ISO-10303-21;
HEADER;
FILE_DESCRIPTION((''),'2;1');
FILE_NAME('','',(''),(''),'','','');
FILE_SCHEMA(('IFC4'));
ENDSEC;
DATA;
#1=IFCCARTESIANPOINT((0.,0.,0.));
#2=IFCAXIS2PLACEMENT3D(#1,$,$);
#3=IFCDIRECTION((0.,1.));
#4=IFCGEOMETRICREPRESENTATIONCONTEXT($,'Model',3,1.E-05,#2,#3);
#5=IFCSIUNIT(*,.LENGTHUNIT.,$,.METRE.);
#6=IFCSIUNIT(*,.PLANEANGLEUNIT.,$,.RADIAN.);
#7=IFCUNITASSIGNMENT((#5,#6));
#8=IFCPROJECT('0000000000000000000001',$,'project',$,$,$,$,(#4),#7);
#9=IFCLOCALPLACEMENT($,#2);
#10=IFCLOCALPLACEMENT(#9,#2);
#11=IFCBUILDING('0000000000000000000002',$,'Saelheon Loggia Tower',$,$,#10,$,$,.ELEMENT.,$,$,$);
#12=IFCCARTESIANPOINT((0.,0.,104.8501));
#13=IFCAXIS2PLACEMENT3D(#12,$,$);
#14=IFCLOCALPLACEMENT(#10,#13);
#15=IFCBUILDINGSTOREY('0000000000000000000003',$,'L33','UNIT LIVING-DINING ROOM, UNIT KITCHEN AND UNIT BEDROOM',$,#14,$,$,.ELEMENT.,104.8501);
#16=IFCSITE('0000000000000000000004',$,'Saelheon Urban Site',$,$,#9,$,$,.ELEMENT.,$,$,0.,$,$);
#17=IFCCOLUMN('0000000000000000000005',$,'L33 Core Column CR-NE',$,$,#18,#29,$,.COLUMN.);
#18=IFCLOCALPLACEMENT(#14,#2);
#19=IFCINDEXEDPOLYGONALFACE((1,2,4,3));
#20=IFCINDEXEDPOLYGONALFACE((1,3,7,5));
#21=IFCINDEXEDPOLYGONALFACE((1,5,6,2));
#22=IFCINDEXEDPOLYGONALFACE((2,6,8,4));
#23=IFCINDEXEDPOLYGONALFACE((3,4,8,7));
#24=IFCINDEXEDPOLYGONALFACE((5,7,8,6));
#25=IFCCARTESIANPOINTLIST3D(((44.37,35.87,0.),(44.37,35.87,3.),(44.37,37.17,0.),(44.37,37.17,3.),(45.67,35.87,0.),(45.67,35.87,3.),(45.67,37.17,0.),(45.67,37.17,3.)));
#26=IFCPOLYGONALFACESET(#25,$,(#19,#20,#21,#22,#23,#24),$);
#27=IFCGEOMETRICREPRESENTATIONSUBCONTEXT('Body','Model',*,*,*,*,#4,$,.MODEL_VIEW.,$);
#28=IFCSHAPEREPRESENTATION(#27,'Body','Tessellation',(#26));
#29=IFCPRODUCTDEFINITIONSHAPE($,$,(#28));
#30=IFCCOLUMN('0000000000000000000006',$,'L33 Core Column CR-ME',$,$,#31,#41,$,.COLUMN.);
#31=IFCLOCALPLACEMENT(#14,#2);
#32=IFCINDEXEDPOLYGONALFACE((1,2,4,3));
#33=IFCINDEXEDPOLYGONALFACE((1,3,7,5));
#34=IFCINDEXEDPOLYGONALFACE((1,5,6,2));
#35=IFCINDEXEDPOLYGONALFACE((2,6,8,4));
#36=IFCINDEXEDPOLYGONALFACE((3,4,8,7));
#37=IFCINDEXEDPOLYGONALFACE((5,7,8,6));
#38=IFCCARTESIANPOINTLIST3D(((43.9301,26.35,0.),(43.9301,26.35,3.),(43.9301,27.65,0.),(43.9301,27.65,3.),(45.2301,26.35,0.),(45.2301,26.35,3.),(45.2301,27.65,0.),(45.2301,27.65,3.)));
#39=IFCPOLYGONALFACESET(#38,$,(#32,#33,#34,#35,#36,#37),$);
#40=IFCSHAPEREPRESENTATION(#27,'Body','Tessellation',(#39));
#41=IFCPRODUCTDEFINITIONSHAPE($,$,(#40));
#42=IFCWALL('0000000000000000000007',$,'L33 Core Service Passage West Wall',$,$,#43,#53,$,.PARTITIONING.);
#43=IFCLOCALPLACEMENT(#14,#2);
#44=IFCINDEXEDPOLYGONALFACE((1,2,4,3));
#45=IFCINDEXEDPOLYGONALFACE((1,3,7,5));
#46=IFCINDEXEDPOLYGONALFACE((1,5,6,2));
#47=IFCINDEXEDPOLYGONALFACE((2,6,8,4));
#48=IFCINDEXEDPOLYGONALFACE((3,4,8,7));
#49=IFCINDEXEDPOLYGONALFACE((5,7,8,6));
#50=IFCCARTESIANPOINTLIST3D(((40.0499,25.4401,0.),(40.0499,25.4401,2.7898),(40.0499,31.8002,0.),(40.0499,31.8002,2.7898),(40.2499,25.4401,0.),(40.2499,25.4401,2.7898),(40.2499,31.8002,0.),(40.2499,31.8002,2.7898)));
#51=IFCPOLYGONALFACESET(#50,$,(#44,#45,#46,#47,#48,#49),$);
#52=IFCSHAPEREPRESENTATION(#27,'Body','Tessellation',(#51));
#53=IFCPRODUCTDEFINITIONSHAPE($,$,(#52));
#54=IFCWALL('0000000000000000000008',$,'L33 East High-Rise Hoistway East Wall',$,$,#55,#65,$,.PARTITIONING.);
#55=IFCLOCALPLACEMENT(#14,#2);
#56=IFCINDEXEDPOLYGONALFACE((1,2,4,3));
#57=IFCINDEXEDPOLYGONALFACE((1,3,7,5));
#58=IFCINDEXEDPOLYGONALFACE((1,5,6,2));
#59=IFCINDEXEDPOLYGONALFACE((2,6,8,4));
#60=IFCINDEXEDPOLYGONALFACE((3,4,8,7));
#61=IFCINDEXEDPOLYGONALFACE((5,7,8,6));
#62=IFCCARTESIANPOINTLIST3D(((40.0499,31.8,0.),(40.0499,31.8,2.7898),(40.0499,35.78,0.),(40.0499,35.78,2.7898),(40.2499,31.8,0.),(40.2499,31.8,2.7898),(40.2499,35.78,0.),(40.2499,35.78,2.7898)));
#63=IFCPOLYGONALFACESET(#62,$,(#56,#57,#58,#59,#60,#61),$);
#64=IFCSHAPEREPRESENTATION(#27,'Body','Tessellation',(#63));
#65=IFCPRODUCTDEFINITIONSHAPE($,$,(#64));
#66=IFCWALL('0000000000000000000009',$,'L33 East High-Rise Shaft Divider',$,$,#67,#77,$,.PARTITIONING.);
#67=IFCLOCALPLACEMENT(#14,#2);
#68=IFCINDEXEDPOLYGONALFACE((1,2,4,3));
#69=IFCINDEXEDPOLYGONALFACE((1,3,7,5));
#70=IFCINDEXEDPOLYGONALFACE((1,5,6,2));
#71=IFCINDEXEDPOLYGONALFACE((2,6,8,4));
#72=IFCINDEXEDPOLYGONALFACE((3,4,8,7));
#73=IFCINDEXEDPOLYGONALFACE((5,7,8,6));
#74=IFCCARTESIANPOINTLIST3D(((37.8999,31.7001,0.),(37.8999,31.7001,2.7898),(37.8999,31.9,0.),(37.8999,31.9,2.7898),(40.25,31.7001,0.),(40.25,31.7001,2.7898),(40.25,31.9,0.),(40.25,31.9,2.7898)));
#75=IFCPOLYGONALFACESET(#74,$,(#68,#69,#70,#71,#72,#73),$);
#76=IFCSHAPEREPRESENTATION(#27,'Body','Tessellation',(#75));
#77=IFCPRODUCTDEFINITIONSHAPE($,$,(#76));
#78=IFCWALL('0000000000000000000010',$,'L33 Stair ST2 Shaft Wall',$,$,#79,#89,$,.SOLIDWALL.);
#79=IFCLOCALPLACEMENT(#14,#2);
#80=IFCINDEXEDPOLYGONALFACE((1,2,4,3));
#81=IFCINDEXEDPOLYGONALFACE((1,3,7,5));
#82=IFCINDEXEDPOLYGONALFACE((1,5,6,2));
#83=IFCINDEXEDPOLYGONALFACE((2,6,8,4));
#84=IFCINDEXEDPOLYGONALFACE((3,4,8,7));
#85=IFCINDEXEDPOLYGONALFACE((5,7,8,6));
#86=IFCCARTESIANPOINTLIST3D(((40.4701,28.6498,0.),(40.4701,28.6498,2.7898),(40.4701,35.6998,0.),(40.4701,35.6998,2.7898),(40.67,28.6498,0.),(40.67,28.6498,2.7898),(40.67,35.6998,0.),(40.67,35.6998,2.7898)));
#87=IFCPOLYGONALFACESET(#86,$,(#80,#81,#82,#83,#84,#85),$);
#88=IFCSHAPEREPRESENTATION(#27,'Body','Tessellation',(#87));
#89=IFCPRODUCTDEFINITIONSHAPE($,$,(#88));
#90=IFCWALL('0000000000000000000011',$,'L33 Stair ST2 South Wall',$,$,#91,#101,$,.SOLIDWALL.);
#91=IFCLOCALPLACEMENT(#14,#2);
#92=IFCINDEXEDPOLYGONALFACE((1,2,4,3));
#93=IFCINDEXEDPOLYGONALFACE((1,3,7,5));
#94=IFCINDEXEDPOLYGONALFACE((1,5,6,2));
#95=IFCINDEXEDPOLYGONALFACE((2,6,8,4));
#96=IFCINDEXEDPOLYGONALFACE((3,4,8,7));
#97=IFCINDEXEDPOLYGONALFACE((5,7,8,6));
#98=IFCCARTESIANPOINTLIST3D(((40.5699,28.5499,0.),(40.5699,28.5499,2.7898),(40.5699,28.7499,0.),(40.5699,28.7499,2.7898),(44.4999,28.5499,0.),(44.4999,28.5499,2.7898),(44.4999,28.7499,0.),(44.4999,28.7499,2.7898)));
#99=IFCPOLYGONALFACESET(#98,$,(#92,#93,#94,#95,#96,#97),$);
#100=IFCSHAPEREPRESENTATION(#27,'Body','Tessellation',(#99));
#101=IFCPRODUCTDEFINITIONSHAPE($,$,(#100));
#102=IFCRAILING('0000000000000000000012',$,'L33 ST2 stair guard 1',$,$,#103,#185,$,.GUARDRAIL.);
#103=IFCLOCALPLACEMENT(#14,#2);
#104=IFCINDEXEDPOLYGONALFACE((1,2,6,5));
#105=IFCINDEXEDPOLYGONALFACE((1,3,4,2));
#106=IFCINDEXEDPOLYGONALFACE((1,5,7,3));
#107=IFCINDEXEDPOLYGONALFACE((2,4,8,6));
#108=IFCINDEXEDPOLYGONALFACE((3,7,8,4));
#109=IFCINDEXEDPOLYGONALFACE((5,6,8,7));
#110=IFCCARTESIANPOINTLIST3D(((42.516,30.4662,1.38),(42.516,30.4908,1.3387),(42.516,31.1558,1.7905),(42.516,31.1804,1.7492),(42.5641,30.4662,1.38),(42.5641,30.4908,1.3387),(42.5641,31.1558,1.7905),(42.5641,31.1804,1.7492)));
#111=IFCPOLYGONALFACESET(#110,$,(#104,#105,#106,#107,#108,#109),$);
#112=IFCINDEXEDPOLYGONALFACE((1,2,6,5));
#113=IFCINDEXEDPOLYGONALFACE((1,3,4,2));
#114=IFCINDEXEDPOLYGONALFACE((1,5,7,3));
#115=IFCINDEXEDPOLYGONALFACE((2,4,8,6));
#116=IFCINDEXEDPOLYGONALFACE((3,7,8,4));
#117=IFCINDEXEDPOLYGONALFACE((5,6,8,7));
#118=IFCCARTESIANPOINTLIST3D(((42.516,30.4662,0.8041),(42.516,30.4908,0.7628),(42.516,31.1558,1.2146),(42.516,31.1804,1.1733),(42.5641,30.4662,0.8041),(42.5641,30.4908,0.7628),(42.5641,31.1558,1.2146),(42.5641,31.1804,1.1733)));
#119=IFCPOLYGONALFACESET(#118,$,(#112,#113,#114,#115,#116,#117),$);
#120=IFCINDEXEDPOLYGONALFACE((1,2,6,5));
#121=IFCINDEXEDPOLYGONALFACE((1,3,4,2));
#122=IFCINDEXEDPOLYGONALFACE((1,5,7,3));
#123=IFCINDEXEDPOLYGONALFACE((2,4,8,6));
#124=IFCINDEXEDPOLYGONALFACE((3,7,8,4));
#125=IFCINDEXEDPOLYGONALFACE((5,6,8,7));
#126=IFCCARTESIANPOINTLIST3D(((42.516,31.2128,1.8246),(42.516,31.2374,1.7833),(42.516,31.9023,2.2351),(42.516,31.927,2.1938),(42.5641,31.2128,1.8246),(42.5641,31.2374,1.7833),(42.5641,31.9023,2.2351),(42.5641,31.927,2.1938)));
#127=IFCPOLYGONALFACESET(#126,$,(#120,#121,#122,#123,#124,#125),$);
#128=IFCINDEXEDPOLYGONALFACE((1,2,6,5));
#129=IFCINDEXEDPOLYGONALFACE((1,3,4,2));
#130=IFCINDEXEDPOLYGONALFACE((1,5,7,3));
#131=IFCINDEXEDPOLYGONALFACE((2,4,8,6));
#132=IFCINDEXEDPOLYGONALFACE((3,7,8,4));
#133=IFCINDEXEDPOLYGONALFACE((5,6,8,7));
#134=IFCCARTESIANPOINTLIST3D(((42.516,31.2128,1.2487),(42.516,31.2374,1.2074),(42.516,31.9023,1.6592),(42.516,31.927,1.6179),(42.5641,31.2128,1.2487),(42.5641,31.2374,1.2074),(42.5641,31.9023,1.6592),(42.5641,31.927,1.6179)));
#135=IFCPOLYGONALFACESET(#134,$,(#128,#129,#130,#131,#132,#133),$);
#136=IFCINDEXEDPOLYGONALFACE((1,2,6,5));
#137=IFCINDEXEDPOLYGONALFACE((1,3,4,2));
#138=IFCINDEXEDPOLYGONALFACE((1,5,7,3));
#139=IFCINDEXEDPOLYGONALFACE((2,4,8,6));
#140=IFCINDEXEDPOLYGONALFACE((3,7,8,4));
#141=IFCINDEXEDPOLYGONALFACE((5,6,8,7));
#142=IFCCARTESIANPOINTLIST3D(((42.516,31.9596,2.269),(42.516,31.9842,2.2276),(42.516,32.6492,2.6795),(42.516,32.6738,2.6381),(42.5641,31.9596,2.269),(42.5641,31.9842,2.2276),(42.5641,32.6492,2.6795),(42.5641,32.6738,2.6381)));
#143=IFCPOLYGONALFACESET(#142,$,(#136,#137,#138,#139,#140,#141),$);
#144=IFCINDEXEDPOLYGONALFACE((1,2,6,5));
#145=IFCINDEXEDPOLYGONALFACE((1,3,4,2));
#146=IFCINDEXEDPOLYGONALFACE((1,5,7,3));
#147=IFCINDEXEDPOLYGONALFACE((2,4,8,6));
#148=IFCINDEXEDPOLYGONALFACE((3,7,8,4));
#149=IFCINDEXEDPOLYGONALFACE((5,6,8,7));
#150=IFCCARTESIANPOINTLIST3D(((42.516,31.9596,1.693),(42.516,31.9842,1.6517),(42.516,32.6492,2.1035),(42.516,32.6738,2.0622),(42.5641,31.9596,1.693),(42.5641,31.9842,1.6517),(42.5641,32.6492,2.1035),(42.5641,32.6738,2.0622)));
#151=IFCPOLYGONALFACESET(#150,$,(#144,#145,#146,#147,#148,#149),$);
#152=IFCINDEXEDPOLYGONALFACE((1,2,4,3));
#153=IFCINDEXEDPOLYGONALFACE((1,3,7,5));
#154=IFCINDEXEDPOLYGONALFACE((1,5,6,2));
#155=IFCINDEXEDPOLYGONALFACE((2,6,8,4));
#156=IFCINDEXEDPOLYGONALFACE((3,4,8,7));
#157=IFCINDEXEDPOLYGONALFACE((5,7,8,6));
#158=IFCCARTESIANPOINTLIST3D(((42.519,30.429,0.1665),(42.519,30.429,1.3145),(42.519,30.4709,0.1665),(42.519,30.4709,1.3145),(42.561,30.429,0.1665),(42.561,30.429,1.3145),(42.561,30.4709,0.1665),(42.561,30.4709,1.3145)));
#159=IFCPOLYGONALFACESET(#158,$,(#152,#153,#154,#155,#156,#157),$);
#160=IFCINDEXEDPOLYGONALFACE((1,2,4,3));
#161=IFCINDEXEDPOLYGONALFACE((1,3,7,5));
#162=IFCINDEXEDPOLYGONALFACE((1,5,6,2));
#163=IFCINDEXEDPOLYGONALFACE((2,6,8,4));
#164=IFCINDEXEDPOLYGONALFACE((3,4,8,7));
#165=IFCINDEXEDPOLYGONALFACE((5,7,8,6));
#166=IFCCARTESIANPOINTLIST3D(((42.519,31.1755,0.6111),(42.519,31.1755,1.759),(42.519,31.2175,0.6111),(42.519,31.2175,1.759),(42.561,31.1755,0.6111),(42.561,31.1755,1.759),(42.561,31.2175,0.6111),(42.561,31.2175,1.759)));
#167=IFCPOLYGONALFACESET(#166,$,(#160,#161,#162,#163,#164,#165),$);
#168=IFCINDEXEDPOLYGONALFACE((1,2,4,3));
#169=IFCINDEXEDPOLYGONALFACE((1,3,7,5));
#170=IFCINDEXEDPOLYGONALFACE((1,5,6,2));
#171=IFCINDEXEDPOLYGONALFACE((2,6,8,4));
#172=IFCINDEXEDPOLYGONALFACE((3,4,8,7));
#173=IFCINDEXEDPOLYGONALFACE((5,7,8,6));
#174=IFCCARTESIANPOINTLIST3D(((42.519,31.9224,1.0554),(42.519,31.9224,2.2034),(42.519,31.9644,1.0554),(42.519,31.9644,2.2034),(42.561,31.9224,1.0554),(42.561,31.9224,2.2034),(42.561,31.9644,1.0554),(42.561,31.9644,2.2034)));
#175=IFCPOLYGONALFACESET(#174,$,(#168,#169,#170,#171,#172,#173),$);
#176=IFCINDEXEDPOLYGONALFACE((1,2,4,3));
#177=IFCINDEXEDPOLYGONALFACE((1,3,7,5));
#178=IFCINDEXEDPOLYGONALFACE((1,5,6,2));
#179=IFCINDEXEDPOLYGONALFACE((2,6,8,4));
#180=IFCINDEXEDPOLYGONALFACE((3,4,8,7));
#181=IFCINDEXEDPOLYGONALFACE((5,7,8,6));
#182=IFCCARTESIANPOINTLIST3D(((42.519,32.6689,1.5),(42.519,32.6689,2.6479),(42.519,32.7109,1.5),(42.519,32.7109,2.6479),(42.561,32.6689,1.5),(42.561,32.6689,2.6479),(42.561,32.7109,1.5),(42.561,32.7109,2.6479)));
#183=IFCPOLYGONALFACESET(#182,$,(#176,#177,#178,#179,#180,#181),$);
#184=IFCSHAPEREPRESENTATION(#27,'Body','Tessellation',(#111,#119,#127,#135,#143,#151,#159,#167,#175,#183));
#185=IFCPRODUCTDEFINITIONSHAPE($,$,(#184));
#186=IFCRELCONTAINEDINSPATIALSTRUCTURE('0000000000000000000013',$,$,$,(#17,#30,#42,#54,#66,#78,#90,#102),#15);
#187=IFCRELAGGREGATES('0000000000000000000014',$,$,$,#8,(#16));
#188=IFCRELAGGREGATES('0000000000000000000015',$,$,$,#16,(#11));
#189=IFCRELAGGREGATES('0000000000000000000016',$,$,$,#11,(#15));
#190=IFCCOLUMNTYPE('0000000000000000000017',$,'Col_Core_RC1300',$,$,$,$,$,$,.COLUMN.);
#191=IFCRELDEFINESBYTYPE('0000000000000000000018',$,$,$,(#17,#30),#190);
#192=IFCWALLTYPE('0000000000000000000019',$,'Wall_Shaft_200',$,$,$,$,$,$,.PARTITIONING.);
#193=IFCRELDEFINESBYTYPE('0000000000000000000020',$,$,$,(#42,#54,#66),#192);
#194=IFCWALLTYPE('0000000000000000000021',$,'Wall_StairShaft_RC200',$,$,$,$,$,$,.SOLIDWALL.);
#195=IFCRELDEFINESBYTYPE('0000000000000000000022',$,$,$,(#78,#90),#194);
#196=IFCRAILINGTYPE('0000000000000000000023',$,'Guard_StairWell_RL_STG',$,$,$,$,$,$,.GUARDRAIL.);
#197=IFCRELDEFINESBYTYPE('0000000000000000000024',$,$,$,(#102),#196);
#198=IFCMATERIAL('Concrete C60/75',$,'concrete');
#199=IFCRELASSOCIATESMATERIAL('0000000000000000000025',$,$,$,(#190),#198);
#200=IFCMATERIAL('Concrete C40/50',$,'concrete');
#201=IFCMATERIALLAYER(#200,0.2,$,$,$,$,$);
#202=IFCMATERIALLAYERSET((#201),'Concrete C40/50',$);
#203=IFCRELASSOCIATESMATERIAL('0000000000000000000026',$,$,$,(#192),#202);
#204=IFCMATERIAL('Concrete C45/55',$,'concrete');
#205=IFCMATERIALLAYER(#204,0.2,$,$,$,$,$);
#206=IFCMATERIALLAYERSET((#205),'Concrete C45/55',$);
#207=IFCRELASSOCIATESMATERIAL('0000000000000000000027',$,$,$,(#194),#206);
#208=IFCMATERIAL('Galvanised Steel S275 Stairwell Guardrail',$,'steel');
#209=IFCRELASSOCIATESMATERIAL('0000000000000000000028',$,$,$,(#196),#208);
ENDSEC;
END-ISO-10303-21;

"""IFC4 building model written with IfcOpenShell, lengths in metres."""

from ifc_helpers import new_model, si_unit, direction, frame, frame_2d, origin, origin_2d, place, context, subcontext, project, spatial, rectangle, extrude, source, transform, mapped, material, layer, layer_set, material_profile, profile_set, type_object, element, save


model = new_model("IFC4")

# Units and contexts
model_context = context("Model", 3, precision=1e-05, world=origin(), true_north=direction((0.0, 1.0)))
body_context = subcontext(model_context, "Body", "Model", "MODEL_VIEW")
ifc_project = project(units=[si_unit("LENGTHUNIT", "METRE"), si_unit("PLANEANGLEUNIT", "RADIAN")], contexts=[model_context])

# Site, building, storey
site_placement = place(None, origin())
site = spatial("IfcSite", under=ifc_project, at=site_placement, Name="Saelheon Urban Site", CompositionType="ELEMENT", RefElevation=0.0)
building_placement = place(site_placement, origin())
building = spatial("IfcBuilding", under=site, at=building_placement, Name="Saelheon Loggia Tower", CompositionType="ELEMENT")
storey_placement = place(building_placement, frame((0.0, 0.0, 104.8501)))
storey = spatial("IfcBuildingStorey", under=building, at=storey_placement, Name="L33", Description="UNIT LIVING-DINING ROOM, UNIT KITCHEN AND UNIT BEDROOM", CompositionType="ELEMENT", Elevation=104.8501)

# Columns
ifc_material_1 = material(Name="Concrete C60/75", Category="concrete")
ifc_material_profile = material_profile(ifc_material_1, rectangle(XDim=1.3, YDim=1.3, at=origin_2d()), Name="RC-1300x1300")
ifc_profile_set = profile_set([ifc_material_profile], Name="Concrete C60/75")
column_type = type_object("IfcColumnType", Name="Col_Core_RC1300", PredefinedType="COLUMN", material=ifc_profile_set)
shared_shape_1 = source(origin(), body_context, "Body", "SweptSolid", [
    extrude(rectangle(XDim=1.3, YDim=1.3, at=origin_2d()), origin(), (0.0, 0.0, 1.0), 3.0),
])
for number, where, z_axis, x_axis, name in (
    (1, (45.02, 36.52, 0.0), (0.0, 0.0, 1.0), (1.0, 0.0, 0.0), "L33 Core Column CR-NE"),
    (2, (44.5801, 27.0, 0.0), (0.0, 0.0, 1.0), (1.0, 0.0, 0.0), "L33 Core Column CR-ME"),
):
    element("IfcColumn", number, at=place(storey_placement, frame(where, z_axis=z_axis, x_axis=x_axis)), inside=storey, type_object=column_type, Name=name, PredefinedType="COLUMN", context=body_context, shape_type="MappedRepresentation", body=[
        mapped(shared_shape_1, transform((0.0, 0.0, 0.0), scale=1.0)),
    ])

# Walls
ifc_material_2 = material(Name="Concrete C40/50", Category="concrete")
ifc_layer_1 = layer(ifc_material_2, 0.2)
ifc_layer_set_1 = layer_set([ifc_layer_1], Name="Concrete C40/50")
wall_type_1 = type_object("IfcWallType", Name="Wall_Shaft_200", PredefinedType="PARTITIONING", material=ifc_layer_set_1)
wall_1_placement = place(storey_placement, frame((40.1499, 25.4399, 0.0), z_axis=(0.0, 0.0, 1.0), x_axis=(0.0, 1.0, 0.0)))
element("IfcWall", 3, at=wall_1_placement, inside=storey, type_object=wall_type_1, Name="L33 Core Service Passage West Wall", PredefinedType="PARTITIONING", context=body_context, shape_type="SweptSolid", body=[
    extrude(rectangle(XDim=6.3601, YDim=0.2, at=frame_2d((3.1802, 0.0))), origin(), (0.0, 0.0, 1.0), 2.7898),
])
wall_2_placement = place(storey_placement, frame((40.1499, 31.8, 0.0), z_axis=(0.0, 0.0, 1.0), x_axis=(0.0, 1.0, 0.0)))
element("IfcWall", 4, at=wall_2_placement, inside=storey, type_object=wall_type_1, Name="L33 East High-Rise Hoistway East Wall", PredefinedType="PARTITIONING", context=body_context, shape_type="SweptSolid", body=[
    extrude(rectangle(XDim=3.98, YDim=0.2, at=frame_2d((1.99, 0.0))), origin(), (0.0, 0.0, 1.0), 2.7898),
])

# Walls
wall_3_placement = place(storey_placement, frame((37.8999, 31.8, 0.0), z_axis=(0.0, 0.0, 1.0), x_axis=(1.0, 0.0, 0.0)))
element("IfcWall", 5, at=wall_3_placement, inside=storey, type_object=wall_type_1, Name="L33 East High-Rise Shaft Divider", PredefinedType="PARTITIONING", context=body_context, shape_type="SweptSolid", body=[
    extrude(rectangle(XDim=2.3501, YDim=0.2, at=frame_2d((1.175, 0.0))), origin(), (0.0, 0.0, 1.0), 2.7898),
])
ifc_material_3 = material(Name="Concrete C45/55", Category="concrete")
ifc_layer_2 = layer(ifc_material_3, 0.2)
ifc_layer_set_2 = layer_set([ifc_layer_2], Name="Concrete C45/55")
wall_type_2 = type_object("IfcWallType", Name="Wall_StairShaft_RC200", PredefinedType="SOLIDWALL", material=ifc_layer_set_2)
wall_4_placement = place(storey_placement, frame((40.5701, 28.6499, 0.0), z_axis=(0.0, 0.0, 1.0), x_axis=(0.0, 1.0, 0.0)))
element("IfcWall", 6, at=wall_4_placement, inside=storey, type_object=wall_type_2, Name="L33 Stair ST2 Shaft Wall", PredefinedType="SOLIDWALL", context=body_context, shape_type="SweptSolid", body=[
    extrude(rectangle(XDim=7.05, YDim=0.2, at=frame_2d((3.5249, 0.0))), origin(), (0.0, 0.0, 1.0), 2.7898),
])
wall_5_placement = place(storey_placement, frame((40.5701, 28.6499, 0.0), z_axis=(0.0, 0.0, 1.0), x_axis=(1.0, 0.0, 0.0)))
element("IfcWall", 7, at=wall_5_placement, inside=storey, type_object=wall_type_2, Name="L33 Stair ST2 South Wall", PredefinedType="SOLIDWALL", context=body_context, shape_type="SweptSolid", body=[
    extrude(rectangle(XDim=3.9299, YDim=0.2, at=frame_2d((1.9648, 0.0))), origin(), (0.0, 0.0, 1.0), 2.7898),
])

# Railing
ifc_material_4 = material(Name="Galvanised Steel S275 Stairwell Guardrail", Category="steel")
railing_type_1 = type_object("IfcRailingType", Name="Guard_StairWell_RL_STG", PredefinedType="GUARDRAIL", material=ifc_material_4)
railing_1_placement = place(storey_placement, frame((42.54, 30.45, 0.1665)))
element("IfcRailing", 8, at=railing_1_placement, inside=storey, type_object=railing_type_1, Name="L33 ST2 stair guard 1", PredefinedType="GUARDRAIL", context=body_context, shape_type="SweptSolid", body=[
    extrude(rectangle(XDim=0.0481, YDim=0.0481, at=origin_2d()), frame((0.0, 0.0286, 1.1929), z_axis=(0.0, 0.859264, 0.511532), x_axis=(-1.0, 0.0, 0.0)), (0.0, 0.0, 1.0), 0.8025),
    extrude(rectangle(XDim=0.0481, YDim=0.0481, at=origin_2d()), frame((0.0, 0.0286, 0.6169), z_axis=(0.0, 0.859264, 0.511532), x_axis=(-1.0, 0.0, 0.0)), (0.0, 0.0, 1.0), 0.8025),
    extrude(rectangle(XDim=0.0481, YDim=0.0481, at=origin_2d()), frame((0.0, 0.7751, 1.6375), z_axis=(0.0, 0.859264, 0.511532), x_axis=(-1.0, 0.0, 0.0)), (0.0, 0.0, 1.0), 0.8025),
    extrude(rectangle(XDim=0.0481, YDim=0.0481, at=origin_2d()), frame((0.0, 0.7751, 1.0615), z_axis=(0.0, 0.859264, 0.511532), x_axis=(-1.0, 0.0, 0.0)), (0.0, 0.0, 1.0), 0.8025),
    extrude(rectangle(XDim=0.0481, YDim=0.0481, at=origin_2d()), frame((0.0, 1.522, 2.0818), z_axis=(0.0, 0.859264, 0.511532), x_axis=(-1.0, 0.0, 0.0)), (0.0, 0.0, 1.0), 0.8025),
    extrude(rectangle(XDim=0.0481, YDim=0.0481, at=origin_2d()), frame((0.0, 1.522, 1.5059), z_axis=(0.0, 0.859264, 0.511532), x_axis=(-1.0, 0.0, 0.0)), (0.0, 0.0, 1.0), 0.8025),
    extrude(rectangle(XDim=0.042, YDim=0.042, at=origin_2d()), origin(), (0.0, 0.0, 1.0), 1.1479),
    extrude(rectangle(XDim=0.042, YDim=0.042, at=origin_2d()), frame((0.0, 0.7466, 0.4446)), (0.0, 0.0, 1.0), 1.1479),
    extrude(rectangle(XDim=0.042, YDim=0.042, at=origin_2d()), frame((0.0, 1.4934, 0.8889)), (0.0, 0.0, 1.0), 1.1479),
    extrude(rectangle(XDim=0.042, YDim=0.042, at=origin_2d()), frame((0.0, 2.24, 1.3335)), (0.0, 0.0, 1.0), 1.1479),
])

save(model, "model.ifc")
